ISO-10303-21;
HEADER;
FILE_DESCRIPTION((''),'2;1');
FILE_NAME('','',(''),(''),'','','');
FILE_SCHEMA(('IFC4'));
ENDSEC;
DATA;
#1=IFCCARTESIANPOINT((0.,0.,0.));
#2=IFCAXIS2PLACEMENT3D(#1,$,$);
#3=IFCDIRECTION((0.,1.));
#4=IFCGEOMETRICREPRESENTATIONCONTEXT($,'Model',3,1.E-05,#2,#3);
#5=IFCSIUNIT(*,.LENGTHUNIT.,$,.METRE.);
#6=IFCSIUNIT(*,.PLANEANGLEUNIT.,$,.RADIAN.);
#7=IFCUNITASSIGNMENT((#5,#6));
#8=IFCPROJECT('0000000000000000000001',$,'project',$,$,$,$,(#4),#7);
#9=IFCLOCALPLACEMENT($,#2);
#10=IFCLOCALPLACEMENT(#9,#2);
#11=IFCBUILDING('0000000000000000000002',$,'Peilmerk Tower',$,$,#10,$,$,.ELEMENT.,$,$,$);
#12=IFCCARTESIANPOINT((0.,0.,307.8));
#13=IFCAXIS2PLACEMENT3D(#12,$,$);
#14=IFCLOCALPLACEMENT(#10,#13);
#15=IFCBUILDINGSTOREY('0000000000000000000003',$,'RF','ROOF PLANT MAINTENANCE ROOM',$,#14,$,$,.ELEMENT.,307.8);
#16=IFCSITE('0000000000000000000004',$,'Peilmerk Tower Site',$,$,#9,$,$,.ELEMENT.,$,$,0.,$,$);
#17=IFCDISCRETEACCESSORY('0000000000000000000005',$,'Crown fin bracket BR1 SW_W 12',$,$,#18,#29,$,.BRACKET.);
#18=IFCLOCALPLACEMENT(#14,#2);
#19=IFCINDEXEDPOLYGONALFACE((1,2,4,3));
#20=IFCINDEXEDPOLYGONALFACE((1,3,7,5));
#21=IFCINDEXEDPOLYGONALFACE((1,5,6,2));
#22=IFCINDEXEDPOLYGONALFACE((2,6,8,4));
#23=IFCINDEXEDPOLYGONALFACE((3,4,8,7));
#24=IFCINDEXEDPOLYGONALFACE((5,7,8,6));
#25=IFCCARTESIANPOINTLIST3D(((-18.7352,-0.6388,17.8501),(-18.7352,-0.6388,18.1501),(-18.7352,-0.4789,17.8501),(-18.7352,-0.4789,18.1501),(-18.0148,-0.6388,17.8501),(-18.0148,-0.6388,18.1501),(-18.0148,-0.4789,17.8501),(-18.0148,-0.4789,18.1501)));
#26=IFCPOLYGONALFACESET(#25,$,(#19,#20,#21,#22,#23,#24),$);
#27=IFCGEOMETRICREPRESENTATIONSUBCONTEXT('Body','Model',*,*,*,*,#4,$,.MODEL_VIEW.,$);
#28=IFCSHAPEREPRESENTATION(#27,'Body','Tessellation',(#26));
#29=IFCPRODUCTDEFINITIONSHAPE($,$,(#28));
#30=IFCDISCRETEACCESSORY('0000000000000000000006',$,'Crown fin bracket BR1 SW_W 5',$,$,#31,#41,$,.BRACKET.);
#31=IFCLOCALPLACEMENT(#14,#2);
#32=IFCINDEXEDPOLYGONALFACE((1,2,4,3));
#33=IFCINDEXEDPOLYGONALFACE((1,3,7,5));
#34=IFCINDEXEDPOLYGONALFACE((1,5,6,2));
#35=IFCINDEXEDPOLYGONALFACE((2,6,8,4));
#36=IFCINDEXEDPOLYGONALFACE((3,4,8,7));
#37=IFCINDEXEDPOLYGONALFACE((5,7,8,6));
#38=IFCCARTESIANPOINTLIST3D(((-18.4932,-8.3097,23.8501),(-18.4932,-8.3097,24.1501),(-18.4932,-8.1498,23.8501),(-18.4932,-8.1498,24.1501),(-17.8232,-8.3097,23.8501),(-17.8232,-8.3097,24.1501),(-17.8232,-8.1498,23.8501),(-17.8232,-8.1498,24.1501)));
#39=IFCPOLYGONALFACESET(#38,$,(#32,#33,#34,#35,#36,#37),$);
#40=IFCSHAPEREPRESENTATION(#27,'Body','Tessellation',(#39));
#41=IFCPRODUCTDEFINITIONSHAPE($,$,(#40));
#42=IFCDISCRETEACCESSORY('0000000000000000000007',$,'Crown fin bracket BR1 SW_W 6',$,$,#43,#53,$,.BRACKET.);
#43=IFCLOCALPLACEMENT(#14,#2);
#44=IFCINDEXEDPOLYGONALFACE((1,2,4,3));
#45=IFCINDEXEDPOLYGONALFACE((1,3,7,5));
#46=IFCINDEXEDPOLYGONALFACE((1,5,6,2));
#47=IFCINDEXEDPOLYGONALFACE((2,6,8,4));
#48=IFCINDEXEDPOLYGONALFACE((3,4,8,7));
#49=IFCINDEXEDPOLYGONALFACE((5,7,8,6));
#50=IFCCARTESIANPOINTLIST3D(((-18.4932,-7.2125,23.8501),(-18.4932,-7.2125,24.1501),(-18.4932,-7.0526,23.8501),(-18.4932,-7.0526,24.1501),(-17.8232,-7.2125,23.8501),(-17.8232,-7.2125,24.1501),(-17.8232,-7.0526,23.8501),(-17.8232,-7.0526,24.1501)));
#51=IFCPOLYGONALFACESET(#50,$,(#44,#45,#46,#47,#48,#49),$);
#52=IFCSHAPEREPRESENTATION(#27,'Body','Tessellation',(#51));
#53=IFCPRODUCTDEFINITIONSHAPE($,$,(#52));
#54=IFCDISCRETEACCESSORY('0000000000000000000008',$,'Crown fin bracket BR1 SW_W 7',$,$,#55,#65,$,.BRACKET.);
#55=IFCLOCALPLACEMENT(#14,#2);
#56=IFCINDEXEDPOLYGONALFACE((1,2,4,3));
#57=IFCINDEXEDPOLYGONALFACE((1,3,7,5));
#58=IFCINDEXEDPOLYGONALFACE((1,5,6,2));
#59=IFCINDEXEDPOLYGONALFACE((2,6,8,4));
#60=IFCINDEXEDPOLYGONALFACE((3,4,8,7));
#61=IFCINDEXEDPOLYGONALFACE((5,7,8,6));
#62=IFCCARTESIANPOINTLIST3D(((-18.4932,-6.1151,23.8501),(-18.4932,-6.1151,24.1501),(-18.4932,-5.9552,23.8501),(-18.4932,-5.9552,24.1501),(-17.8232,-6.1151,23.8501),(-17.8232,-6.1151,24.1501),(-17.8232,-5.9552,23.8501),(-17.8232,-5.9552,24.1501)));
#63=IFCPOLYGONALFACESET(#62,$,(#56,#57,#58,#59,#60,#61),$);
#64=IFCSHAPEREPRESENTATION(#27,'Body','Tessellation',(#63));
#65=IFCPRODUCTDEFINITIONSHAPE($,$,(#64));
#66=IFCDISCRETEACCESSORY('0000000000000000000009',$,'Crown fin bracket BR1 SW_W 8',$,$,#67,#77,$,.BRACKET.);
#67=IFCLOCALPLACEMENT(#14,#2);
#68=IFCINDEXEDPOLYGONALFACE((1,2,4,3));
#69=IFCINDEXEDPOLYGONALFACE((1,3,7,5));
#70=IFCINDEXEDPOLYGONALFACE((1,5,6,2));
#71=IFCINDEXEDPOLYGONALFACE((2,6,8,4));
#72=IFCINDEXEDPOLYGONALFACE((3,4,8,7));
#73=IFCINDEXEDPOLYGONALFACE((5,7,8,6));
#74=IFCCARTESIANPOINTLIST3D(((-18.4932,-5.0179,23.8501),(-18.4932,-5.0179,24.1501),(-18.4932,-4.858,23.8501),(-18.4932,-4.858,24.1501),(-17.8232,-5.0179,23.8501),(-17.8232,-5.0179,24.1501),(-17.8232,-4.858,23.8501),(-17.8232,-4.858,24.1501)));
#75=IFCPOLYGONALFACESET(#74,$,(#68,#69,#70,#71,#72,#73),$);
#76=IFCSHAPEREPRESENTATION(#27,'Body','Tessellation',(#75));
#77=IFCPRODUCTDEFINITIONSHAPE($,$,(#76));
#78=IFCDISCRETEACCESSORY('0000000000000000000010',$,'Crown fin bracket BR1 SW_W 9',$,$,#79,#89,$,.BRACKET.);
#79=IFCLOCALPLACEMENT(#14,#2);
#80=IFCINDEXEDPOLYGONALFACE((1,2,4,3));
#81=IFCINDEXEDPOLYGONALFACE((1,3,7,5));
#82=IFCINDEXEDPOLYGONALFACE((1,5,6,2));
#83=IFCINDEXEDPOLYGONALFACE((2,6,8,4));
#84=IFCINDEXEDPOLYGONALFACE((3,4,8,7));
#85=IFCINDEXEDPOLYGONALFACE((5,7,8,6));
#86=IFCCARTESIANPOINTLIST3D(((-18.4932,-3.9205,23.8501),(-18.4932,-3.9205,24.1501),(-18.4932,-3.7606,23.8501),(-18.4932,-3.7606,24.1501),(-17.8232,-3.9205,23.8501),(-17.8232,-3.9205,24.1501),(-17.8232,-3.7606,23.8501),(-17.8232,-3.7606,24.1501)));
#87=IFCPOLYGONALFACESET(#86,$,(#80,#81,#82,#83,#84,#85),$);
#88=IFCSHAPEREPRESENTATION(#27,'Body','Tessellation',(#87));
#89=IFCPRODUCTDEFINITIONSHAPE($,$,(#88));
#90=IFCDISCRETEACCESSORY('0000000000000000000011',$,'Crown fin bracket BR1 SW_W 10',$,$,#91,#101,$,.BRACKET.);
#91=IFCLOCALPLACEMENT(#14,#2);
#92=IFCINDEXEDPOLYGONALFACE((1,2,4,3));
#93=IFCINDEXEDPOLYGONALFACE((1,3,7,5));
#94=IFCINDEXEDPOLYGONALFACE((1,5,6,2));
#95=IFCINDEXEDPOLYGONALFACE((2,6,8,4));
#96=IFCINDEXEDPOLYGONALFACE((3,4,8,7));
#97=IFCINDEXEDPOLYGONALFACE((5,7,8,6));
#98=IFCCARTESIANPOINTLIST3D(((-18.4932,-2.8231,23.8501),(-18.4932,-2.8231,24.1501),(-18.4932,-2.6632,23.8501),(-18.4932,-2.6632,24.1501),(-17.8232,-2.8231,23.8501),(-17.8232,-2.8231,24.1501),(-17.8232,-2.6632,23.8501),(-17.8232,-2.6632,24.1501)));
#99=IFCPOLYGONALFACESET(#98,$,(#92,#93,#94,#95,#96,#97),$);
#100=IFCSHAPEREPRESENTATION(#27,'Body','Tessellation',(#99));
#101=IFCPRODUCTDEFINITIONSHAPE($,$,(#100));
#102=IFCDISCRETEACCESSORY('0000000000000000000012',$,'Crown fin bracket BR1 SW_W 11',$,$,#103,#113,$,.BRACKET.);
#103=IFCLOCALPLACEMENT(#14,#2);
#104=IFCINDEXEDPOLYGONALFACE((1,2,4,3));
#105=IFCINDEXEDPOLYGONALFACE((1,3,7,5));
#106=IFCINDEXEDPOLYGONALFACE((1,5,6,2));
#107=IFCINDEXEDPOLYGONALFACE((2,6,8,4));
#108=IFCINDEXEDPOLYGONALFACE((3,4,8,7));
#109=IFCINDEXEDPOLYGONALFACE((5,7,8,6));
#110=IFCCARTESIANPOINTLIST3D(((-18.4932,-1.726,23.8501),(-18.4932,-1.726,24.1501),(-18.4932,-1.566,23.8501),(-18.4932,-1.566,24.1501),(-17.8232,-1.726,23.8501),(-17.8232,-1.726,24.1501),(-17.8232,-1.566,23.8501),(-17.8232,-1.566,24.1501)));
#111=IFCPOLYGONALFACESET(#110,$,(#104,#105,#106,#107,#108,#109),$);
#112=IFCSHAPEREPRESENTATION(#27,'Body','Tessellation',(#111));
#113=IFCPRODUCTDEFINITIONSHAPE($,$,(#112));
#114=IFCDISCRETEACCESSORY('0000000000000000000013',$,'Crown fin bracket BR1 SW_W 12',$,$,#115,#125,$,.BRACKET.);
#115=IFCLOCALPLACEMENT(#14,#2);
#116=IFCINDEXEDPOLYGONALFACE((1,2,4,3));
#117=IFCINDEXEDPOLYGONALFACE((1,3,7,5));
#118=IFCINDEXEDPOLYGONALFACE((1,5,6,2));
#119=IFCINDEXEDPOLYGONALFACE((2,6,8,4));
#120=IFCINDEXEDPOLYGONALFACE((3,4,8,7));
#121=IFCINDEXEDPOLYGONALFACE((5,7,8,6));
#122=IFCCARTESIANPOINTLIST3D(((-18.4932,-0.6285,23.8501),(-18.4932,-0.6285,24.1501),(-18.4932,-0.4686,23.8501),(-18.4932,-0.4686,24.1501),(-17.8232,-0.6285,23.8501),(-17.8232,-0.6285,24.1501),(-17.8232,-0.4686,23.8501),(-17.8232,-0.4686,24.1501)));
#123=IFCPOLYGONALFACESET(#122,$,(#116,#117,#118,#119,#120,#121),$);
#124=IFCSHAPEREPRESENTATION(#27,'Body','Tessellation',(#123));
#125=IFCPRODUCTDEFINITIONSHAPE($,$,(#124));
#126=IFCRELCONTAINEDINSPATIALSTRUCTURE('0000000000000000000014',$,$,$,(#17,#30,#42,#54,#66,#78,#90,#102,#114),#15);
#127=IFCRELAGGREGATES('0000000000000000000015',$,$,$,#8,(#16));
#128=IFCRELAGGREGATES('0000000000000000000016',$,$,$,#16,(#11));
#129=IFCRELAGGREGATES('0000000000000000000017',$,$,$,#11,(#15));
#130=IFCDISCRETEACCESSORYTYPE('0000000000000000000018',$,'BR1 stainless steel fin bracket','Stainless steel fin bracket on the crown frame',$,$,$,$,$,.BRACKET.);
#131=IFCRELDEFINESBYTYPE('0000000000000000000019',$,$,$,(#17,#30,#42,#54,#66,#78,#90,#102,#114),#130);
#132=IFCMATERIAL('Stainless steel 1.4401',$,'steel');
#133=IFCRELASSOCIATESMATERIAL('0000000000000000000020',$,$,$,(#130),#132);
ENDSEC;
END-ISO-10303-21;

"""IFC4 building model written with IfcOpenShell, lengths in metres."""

from ifc_helpers import new_model, si_unit, direction, frame, origin, origin_2d, place, context, subcontext, project, spatial, rectangle, extrude, source, transform, mapped, material, type_object, element, save


model = new_model("IFC4")

# Units and contexts
model_context = context("Model", 3, precision=1e-05, world=origin(), true_north=direction((0.0, 1.0)))
body_context = subcontext(model_context, "Body", "Model", "MODEL_VIEW")
ifc_project = project(units=[si_unit("LENGTHUNIT", "METRE"), si_unit("PLANEANGLEUNIT", "RADIAN")], contexts=[model_context])

# Site, building, storey
site_placement = place(None, origin())
site = spatial("IfcSite", under=ifc_project, at=site_placement, Name="Peilmerk Tower Site", CompositionType="ELEMENT", RefElevation=0.0)
building_placement = place(site_placement, origin())
building = spatial("IfcBuilding", under=site, at=building_placement, Name="Peilmerk Tower", CompositionType="ELEMENT")
storey_placement = place(building_placement, frame((0.0, 0.0, 307.8)))
storey = spatial("IfcBuildingStorey", under=building, at=storey_placement, Name="RF", Description="ROOF PLANT MAINTENANCE ROOM", CompositionType="ELEMENT", Elevation=307.8)

# Discrete accessories
ifc_material_1 = material(Name="Stainless steel 1.4401", Category="steel")
discrete_accessory_type = type_object("IfcDiscreteAccessoryType", Name="BR1 stainless steel fin bracket", Description="Stainless steel fin bracket on the crown frame", PredefinedType="BRACKET", material=ifc_material_1)
shared_shape_1 = source(origin(), body_context, "Body", "SweptSolid", [
    extrude(rectangle(XDim=0.7205, YDim=0.1599, at=origin_2d()), origin(), (0.0, 0.0, 1.0), 0.3),
])
for number, where, z_axis, x_axis, name in (
    (1, (-18.375, -0.5588, 17.8501), (0.0, 0.0, 1.0), (-1.0, 0.0, 0.0), "Crown fin bracket BR1 SW_W 12"),
):
    element("IfcDiscreteAccessory", number, at=place(storey_placement, frame(where, z_axis=z_axis, x_axis=x_axis)), inside=storey, type_object=discrete_accessory_type, Name=name, PredefinedType="BRACKET", context=body_context, shape_type="MappedRepresentation", body=[
        mapped(shared_shape_1, transform((0.0, 0.0, 0.0), scale=1.0)),
    ])
shared_shape_2 = source(origin(), body_context, "Body", "SweptSolid", [
    extrude(rectangle(XDim=0.6699, YDim=0.1599, at=origin_2d()), origin(), (0.0, 0.0, 1.0), 0.3),
])
for number, where, z_axis, x_axis, name in (
    (2, (-18.1582, -8.2297, 23.8501), (0.0, 0.0, 1.0), (-1.0, 0.0, 0.0), "Crown fin bracket BR1 SW_W 5"),
    (3, (-18.1582, -7.1326, 23.8501), (0.0, 0.0, 1.0), (-1.0, 0.0, 0.0), "Crown fin bracket BR1 SW_W 6"),
    (4, (-18.1582, -6.0352, 23.8501), (0.0, 0.0, 1.0), (-1.0, 0.0, 0.0), "Crown fin bracket BR1 SW_W 7"),
    (5, (-18.1582, -4.938, 23.8501), (0.0, 0.0, 1.0), (-1.0, 0.0, 0.0), "Crown fin bracket BR1 SW_W 8"),
    (6, (-18.1582, -3.8406, 23.8501), (0.0, 0.0, 1.0), (-1.0, 0.0, 0.0), "Crown fin bracket BR1 SW_W 9"),
    (7, (-18.1582, -2.7432, 23.8501), (0.0, 0.0, 1.0), (-1.0, 0.0, 0.0), "Crown fin bracket BR1 SW_W 10"),
    (8, (-18.1582, -1.646, 23.8501), (0.0, 0.0, 1.0), (-1.0, 0.0, 0.0), "Crown fin bracket BR1 SW_W 11"),
    (9, (-18.1582, -0.5486, 23.8501), (0.0, 0.0, 1.0), (-1.0, 0.0, 0.0), "Crown fin bracket BR1 SW_W 12"),
):
    element("IfcDiscreteAccessory", number, at=place(storey_placement, frame(where, z_axis=z_axis, x_axis=x_axis)), inside=storey, type_object=discrete_accessory_type, Name=name, PredefinedType="BRACKET", context=body_context, shape_type="MappedRepresentation", body=[
        mapped(shared_shape_2, transform((0.0, 0.0, 0.0), scale=1.0)),
    ])

save(model, "model.ifc")
